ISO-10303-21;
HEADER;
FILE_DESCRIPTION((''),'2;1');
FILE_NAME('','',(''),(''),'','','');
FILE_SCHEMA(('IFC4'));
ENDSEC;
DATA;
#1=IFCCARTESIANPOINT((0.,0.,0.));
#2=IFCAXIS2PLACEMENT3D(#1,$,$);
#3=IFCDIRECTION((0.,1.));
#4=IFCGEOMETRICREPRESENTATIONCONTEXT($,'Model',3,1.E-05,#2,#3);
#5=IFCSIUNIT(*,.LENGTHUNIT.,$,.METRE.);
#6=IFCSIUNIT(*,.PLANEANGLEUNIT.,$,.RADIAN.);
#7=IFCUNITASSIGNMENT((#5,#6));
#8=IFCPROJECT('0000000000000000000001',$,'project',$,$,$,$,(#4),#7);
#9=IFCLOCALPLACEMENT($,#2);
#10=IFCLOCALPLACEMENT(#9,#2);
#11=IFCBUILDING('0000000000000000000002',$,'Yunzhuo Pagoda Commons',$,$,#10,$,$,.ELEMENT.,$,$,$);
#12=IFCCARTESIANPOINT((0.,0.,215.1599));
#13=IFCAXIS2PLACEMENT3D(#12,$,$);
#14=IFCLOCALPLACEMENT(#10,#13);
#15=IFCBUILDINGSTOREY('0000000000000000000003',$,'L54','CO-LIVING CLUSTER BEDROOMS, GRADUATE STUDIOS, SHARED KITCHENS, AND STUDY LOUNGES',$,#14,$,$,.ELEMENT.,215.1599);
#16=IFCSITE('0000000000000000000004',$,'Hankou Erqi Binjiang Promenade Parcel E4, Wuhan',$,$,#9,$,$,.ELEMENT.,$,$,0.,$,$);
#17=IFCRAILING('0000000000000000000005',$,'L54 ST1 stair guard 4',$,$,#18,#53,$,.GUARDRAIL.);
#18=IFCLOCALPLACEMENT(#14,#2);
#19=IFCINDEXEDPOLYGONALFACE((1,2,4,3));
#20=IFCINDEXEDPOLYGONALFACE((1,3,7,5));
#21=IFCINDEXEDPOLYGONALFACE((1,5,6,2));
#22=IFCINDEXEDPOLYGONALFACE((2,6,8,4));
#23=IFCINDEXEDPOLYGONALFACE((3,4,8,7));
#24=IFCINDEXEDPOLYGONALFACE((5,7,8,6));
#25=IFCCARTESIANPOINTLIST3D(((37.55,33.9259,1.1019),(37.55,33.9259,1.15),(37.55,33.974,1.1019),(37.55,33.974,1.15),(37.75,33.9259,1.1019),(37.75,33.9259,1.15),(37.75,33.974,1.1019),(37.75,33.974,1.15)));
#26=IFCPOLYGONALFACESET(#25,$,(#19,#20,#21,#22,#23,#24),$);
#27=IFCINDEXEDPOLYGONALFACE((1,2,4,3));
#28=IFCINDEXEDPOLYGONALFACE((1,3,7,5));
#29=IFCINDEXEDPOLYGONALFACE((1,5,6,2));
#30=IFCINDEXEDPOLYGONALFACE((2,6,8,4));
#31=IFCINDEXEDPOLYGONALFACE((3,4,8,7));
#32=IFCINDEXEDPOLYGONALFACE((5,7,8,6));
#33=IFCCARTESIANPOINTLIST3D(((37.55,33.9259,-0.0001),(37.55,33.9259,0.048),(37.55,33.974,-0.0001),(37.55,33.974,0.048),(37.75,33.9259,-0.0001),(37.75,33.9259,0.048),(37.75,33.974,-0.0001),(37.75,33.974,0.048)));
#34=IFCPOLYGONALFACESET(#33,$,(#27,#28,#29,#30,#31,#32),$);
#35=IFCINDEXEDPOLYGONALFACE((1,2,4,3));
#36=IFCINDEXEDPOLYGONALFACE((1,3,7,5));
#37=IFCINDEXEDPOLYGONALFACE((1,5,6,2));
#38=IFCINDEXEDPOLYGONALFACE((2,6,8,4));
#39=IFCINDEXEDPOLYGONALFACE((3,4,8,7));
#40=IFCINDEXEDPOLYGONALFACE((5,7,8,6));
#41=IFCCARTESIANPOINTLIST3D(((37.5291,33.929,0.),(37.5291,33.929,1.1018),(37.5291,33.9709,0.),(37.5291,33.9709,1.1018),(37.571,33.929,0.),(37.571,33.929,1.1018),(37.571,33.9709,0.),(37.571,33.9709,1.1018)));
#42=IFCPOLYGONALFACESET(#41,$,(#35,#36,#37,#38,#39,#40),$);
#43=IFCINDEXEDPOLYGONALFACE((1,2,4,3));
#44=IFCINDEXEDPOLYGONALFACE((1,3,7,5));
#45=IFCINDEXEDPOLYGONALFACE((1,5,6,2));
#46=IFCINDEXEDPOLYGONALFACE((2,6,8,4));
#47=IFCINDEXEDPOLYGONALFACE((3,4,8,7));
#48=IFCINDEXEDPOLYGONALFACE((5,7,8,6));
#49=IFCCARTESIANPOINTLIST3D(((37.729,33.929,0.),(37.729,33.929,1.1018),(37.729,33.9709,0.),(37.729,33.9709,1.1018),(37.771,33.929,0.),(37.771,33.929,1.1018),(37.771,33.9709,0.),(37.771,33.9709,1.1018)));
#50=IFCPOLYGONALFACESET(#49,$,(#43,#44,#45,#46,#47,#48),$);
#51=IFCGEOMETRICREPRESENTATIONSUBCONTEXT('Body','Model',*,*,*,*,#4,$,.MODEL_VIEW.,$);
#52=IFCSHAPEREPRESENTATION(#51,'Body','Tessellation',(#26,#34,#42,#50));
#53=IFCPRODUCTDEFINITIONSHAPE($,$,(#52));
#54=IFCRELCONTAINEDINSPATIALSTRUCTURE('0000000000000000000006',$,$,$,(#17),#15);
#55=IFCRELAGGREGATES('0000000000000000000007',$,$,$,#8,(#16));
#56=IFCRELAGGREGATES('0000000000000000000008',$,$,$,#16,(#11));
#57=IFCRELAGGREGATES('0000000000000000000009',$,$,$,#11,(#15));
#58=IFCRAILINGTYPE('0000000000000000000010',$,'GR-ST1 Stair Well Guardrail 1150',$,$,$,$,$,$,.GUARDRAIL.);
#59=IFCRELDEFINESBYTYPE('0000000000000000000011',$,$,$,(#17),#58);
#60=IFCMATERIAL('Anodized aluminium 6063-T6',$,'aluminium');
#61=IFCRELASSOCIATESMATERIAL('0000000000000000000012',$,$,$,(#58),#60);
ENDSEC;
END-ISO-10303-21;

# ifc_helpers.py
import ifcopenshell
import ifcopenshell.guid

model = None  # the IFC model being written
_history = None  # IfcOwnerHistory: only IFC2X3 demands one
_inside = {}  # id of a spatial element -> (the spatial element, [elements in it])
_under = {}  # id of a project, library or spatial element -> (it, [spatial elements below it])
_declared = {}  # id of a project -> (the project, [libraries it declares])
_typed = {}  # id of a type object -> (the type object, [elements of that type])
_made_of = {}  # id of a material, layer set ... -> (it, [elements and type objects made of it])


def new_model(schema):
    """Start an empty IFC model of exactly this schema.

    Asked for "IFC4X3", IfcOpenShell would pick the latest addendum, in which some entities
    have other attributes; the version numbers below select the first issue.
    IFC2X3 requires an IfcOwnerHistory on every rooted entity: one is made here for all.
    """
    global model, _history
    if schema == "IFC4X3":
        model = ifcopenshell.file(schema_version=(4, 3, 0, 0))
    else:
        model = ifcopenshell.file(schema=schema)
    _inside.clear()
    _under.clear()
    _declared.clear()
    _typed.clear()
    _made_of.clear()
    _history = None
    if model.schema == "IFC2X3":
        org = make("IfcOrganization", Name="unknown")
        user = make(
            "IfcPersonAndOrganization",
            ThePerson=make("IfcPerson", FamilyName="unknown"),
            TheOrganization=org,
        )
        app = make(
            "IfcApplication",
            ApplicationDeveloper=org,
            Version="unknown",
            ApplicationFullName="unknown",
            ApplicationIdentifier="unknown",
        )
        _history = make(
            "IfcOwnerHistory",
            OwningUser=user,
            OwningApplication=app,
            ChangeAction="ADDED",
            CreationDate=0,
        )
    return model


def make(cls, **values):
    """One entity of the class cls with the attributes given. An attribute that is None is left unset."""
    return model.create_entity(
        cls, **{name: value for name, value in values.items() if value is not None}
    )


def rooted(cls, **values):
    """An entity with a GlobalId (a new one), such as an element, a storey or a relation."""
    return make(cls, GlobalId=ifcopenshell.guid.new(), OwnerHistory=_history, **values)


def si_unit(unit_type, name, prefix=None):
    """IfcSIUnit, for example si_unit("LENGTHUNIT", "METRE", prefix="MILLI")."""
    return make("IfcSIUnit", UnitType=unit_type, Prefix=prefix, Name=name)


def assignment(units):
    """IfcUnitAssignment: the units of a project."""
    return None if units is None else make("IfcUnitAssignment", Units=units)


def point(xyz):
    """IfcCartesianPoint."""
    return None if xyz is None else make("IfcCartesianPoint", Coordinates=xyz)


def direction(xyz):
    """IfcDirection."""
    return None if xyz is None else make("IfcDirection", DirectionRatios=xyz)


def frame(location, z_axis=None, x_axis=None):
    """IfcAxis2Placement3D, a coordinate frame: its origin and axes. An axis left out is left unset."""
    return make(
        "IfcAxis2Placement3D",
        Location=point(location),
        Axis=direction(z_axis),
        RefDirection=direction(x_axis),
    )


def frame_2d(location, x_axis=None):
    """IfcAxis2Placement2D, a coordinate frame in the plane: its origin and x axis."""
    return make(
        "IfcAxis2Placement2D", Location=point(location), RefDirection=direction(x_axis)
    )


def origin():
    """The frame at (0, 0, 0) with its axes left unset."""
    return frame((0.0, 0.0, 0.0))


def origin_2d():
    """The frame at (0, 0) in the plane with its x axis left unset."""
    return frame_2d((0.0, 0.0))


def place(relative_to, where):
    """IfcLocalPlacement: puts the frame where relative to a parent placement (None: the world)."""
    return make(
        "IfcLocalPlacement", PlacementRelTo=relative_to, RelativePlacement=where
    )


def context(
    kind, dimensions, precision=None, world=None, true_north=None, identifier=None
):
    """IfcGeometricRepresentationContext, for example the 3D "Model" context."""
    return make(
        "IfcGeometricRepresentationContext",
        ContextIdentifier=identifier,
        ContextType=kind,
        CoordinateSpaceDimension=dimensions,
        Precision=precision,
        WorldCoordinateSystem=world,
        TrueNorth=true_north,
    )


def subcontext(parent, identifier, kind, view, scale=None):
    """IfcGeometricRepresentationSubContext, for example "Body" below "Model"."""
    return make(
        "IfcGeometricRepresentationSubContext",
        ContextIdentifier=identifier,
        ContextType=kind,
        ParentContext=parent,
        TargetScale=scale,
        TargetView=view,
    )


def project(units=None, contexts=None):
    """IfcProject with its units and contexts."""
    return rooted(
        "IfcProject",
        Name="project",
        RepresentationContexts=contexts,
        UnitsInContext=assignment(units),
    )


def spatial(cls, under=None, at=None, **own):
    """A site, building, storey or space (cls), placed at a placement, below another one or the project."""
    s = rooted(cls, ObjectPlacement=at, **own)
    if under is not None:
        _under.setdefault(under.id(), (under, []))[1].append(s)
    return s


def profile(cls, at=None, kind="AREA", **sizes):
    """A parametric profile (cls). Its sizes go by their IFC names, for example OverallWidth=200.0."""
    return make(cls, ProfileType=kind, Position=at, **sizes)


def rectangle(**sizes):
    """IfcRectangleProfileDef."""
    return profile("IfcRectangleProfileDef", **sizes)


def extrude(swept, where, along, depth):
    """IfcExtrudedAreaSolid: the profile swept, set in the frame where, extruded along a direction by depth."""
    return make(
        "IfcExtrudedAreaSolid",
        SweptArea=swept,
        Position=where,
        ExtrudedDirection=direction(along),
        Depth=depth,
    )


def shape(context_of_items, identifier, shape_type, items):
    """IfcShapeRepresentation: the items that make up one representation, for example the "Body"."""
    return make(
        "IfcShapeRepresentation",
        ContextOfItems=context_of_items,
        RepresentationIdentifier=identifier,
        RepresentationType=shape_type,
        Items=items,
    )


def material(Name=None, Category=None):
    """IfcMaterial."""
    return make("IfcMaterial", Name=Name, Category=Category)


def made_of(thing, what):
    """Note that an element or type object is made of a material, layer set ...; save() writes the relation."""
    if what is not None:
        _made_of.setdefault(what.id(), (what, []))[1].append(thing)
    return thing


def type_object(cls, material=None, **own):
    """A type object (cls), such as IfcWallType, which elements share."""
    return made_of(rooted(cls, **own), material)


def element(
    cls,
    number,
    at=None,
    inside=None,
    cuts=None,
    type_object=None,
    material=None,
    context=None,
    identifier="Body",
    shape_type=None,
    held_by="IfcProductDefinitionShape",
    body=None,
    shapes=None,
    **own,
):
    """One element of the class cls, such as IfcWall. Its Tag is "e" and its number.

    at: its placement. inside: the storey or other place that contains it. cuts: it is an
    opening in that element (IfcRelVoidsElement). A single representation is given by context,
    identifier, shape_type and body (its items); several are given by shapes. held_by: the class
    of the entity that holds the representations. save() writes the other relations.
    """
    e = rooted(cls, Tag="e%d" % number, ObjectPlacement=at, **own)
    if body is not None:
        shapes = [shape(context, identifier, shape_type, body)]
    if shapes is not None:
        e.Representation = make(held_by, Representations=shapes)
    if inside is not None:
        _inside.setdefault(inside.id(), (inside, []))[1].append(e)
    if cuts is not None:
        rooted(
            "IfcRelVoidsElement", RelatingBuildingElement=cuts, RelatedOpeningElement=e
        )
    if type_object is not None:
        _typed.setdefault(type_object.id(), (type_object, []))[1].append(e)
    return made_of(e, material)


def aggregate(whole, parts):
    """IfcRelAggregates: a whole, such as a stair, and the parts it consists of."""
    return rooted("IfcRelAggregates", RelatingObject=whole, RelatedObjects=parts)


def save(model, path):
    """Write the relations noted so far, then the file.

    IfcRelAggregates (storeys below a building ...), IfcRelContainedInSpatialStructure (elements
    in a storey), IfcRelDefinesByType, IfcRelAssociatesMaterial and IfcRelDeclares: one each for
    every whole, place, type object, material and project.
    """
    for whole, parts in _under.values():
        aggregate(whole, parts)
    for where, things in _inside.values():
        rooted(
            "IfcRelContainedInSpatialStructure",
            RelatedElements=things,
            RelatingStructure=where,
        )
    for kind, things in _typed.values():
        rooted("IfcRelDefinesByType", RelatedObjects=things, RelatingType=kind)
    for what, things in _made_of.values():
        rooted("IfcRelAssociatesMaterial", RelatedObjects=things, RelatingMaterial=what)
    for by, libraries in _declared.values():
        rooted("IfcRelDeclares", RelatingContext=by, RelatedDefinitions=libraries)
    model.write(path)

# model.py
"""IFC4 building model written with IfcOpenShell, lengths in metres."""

from ifc_helpers import new_model, si_unit, direction, frame, origin, origin_2d, place, context, subcontext, project, spatial, rectangle, extrude, material, type_object, element, save


model = new_model("IFC4")

# Units and contexts
model_context = context("Model", 3, precision=1e-05, world=origin(), true_north=direction((0.0, 1.0)))
body_context = subcontext(model_context, "Body", "Model", "MODEL_VIEW")
ifc_project = project(units=[si_unit("LENGTHUNIT", "METRE"), si_unit("PLANEANGLEUNIT", "RADIAN")], contexts=[model_context])

# Site, building, storey
site_placement = place(None, origin())
site = spatial("IfcSite", under=ifc_project, at=site_placement, Name="Hankou Erqi Binjiang Promenade Parcel E4, Wuhan", CompositionType="ELEMENT", RefElevation=0.0)
building_placement = place(site_placement, origin())
building = spatial("IfcBuilding", under=site, at=building_placement, Name="Yunzhuo Pagoda Commons", CompositionType="ELEMENT")
storey_placement = place(building_placement, frame((0.0, 0.0, 215.1599)))
storey = spatial("IfcBuildingStorey", under=building, at=storey_placement, Name="L54", Description="CO-LIVING CLUSTER BEDROOMS, GRADUATE STUDIOS, SHARED KITCHENS, AND STUDY LOUNGES", CompositionType="ELEMENT", Elevation=215.1599)

# Railing
ifc_material_1 = material(Name="Anodized aluminium 6063-T6", Category="aluminium")
railing_type = type_object("IfcRailingType", Name="GR-ST1 Stair Well Guardrail 1150", PredefinedType="GUARDRAIL", material=ifc_material_1)
railing_1_placement = place(storey_placement, frame((37.55, 33.95, 0.0)))
element("IfcRailing", 1, at=railing_1_placement, inside=storey, type_object=railing_type, Name="L54 ST1 stair guard 4", PredefinedType="GUARDRAIL", context=body_context, shape_type="SweptSolid", body=[
    extrude(rectangle(XDim=0.0481, YDim=0.0481, at=origin_2d()), frame((0.0, 0.0, 1.126), z_axis=(1.0, 0.0, 0.0), x_axis=(0.0, 1.0, 0.0)), (0.0, 0.0, 1.0), 0.2),
    extrude(rectangle(XDim=0.0481, YDim=0.0481, at=origin_2d()), frame((0.0, 0.0, 0.0239), z_axis=(1.0, 0.0, 0.0), x_axis=(0.0, 1.0, 0.0)), (0.0, 0.0, 1.0), 0.2),
    extrude(rectangle(XDim=0.042, YDim=0.042, at=origin_2d()), origin(), (0.0, 0.0, 1.0), 1.1018),
    extrude(rectangle(XDim=0.042, YDim=0.042, at=origin_2d()), frame((0.2, 0.0, 0.0)), (0.0, 0.0, 1.0), 1.1018),
])

save(model, "model.ifc")
